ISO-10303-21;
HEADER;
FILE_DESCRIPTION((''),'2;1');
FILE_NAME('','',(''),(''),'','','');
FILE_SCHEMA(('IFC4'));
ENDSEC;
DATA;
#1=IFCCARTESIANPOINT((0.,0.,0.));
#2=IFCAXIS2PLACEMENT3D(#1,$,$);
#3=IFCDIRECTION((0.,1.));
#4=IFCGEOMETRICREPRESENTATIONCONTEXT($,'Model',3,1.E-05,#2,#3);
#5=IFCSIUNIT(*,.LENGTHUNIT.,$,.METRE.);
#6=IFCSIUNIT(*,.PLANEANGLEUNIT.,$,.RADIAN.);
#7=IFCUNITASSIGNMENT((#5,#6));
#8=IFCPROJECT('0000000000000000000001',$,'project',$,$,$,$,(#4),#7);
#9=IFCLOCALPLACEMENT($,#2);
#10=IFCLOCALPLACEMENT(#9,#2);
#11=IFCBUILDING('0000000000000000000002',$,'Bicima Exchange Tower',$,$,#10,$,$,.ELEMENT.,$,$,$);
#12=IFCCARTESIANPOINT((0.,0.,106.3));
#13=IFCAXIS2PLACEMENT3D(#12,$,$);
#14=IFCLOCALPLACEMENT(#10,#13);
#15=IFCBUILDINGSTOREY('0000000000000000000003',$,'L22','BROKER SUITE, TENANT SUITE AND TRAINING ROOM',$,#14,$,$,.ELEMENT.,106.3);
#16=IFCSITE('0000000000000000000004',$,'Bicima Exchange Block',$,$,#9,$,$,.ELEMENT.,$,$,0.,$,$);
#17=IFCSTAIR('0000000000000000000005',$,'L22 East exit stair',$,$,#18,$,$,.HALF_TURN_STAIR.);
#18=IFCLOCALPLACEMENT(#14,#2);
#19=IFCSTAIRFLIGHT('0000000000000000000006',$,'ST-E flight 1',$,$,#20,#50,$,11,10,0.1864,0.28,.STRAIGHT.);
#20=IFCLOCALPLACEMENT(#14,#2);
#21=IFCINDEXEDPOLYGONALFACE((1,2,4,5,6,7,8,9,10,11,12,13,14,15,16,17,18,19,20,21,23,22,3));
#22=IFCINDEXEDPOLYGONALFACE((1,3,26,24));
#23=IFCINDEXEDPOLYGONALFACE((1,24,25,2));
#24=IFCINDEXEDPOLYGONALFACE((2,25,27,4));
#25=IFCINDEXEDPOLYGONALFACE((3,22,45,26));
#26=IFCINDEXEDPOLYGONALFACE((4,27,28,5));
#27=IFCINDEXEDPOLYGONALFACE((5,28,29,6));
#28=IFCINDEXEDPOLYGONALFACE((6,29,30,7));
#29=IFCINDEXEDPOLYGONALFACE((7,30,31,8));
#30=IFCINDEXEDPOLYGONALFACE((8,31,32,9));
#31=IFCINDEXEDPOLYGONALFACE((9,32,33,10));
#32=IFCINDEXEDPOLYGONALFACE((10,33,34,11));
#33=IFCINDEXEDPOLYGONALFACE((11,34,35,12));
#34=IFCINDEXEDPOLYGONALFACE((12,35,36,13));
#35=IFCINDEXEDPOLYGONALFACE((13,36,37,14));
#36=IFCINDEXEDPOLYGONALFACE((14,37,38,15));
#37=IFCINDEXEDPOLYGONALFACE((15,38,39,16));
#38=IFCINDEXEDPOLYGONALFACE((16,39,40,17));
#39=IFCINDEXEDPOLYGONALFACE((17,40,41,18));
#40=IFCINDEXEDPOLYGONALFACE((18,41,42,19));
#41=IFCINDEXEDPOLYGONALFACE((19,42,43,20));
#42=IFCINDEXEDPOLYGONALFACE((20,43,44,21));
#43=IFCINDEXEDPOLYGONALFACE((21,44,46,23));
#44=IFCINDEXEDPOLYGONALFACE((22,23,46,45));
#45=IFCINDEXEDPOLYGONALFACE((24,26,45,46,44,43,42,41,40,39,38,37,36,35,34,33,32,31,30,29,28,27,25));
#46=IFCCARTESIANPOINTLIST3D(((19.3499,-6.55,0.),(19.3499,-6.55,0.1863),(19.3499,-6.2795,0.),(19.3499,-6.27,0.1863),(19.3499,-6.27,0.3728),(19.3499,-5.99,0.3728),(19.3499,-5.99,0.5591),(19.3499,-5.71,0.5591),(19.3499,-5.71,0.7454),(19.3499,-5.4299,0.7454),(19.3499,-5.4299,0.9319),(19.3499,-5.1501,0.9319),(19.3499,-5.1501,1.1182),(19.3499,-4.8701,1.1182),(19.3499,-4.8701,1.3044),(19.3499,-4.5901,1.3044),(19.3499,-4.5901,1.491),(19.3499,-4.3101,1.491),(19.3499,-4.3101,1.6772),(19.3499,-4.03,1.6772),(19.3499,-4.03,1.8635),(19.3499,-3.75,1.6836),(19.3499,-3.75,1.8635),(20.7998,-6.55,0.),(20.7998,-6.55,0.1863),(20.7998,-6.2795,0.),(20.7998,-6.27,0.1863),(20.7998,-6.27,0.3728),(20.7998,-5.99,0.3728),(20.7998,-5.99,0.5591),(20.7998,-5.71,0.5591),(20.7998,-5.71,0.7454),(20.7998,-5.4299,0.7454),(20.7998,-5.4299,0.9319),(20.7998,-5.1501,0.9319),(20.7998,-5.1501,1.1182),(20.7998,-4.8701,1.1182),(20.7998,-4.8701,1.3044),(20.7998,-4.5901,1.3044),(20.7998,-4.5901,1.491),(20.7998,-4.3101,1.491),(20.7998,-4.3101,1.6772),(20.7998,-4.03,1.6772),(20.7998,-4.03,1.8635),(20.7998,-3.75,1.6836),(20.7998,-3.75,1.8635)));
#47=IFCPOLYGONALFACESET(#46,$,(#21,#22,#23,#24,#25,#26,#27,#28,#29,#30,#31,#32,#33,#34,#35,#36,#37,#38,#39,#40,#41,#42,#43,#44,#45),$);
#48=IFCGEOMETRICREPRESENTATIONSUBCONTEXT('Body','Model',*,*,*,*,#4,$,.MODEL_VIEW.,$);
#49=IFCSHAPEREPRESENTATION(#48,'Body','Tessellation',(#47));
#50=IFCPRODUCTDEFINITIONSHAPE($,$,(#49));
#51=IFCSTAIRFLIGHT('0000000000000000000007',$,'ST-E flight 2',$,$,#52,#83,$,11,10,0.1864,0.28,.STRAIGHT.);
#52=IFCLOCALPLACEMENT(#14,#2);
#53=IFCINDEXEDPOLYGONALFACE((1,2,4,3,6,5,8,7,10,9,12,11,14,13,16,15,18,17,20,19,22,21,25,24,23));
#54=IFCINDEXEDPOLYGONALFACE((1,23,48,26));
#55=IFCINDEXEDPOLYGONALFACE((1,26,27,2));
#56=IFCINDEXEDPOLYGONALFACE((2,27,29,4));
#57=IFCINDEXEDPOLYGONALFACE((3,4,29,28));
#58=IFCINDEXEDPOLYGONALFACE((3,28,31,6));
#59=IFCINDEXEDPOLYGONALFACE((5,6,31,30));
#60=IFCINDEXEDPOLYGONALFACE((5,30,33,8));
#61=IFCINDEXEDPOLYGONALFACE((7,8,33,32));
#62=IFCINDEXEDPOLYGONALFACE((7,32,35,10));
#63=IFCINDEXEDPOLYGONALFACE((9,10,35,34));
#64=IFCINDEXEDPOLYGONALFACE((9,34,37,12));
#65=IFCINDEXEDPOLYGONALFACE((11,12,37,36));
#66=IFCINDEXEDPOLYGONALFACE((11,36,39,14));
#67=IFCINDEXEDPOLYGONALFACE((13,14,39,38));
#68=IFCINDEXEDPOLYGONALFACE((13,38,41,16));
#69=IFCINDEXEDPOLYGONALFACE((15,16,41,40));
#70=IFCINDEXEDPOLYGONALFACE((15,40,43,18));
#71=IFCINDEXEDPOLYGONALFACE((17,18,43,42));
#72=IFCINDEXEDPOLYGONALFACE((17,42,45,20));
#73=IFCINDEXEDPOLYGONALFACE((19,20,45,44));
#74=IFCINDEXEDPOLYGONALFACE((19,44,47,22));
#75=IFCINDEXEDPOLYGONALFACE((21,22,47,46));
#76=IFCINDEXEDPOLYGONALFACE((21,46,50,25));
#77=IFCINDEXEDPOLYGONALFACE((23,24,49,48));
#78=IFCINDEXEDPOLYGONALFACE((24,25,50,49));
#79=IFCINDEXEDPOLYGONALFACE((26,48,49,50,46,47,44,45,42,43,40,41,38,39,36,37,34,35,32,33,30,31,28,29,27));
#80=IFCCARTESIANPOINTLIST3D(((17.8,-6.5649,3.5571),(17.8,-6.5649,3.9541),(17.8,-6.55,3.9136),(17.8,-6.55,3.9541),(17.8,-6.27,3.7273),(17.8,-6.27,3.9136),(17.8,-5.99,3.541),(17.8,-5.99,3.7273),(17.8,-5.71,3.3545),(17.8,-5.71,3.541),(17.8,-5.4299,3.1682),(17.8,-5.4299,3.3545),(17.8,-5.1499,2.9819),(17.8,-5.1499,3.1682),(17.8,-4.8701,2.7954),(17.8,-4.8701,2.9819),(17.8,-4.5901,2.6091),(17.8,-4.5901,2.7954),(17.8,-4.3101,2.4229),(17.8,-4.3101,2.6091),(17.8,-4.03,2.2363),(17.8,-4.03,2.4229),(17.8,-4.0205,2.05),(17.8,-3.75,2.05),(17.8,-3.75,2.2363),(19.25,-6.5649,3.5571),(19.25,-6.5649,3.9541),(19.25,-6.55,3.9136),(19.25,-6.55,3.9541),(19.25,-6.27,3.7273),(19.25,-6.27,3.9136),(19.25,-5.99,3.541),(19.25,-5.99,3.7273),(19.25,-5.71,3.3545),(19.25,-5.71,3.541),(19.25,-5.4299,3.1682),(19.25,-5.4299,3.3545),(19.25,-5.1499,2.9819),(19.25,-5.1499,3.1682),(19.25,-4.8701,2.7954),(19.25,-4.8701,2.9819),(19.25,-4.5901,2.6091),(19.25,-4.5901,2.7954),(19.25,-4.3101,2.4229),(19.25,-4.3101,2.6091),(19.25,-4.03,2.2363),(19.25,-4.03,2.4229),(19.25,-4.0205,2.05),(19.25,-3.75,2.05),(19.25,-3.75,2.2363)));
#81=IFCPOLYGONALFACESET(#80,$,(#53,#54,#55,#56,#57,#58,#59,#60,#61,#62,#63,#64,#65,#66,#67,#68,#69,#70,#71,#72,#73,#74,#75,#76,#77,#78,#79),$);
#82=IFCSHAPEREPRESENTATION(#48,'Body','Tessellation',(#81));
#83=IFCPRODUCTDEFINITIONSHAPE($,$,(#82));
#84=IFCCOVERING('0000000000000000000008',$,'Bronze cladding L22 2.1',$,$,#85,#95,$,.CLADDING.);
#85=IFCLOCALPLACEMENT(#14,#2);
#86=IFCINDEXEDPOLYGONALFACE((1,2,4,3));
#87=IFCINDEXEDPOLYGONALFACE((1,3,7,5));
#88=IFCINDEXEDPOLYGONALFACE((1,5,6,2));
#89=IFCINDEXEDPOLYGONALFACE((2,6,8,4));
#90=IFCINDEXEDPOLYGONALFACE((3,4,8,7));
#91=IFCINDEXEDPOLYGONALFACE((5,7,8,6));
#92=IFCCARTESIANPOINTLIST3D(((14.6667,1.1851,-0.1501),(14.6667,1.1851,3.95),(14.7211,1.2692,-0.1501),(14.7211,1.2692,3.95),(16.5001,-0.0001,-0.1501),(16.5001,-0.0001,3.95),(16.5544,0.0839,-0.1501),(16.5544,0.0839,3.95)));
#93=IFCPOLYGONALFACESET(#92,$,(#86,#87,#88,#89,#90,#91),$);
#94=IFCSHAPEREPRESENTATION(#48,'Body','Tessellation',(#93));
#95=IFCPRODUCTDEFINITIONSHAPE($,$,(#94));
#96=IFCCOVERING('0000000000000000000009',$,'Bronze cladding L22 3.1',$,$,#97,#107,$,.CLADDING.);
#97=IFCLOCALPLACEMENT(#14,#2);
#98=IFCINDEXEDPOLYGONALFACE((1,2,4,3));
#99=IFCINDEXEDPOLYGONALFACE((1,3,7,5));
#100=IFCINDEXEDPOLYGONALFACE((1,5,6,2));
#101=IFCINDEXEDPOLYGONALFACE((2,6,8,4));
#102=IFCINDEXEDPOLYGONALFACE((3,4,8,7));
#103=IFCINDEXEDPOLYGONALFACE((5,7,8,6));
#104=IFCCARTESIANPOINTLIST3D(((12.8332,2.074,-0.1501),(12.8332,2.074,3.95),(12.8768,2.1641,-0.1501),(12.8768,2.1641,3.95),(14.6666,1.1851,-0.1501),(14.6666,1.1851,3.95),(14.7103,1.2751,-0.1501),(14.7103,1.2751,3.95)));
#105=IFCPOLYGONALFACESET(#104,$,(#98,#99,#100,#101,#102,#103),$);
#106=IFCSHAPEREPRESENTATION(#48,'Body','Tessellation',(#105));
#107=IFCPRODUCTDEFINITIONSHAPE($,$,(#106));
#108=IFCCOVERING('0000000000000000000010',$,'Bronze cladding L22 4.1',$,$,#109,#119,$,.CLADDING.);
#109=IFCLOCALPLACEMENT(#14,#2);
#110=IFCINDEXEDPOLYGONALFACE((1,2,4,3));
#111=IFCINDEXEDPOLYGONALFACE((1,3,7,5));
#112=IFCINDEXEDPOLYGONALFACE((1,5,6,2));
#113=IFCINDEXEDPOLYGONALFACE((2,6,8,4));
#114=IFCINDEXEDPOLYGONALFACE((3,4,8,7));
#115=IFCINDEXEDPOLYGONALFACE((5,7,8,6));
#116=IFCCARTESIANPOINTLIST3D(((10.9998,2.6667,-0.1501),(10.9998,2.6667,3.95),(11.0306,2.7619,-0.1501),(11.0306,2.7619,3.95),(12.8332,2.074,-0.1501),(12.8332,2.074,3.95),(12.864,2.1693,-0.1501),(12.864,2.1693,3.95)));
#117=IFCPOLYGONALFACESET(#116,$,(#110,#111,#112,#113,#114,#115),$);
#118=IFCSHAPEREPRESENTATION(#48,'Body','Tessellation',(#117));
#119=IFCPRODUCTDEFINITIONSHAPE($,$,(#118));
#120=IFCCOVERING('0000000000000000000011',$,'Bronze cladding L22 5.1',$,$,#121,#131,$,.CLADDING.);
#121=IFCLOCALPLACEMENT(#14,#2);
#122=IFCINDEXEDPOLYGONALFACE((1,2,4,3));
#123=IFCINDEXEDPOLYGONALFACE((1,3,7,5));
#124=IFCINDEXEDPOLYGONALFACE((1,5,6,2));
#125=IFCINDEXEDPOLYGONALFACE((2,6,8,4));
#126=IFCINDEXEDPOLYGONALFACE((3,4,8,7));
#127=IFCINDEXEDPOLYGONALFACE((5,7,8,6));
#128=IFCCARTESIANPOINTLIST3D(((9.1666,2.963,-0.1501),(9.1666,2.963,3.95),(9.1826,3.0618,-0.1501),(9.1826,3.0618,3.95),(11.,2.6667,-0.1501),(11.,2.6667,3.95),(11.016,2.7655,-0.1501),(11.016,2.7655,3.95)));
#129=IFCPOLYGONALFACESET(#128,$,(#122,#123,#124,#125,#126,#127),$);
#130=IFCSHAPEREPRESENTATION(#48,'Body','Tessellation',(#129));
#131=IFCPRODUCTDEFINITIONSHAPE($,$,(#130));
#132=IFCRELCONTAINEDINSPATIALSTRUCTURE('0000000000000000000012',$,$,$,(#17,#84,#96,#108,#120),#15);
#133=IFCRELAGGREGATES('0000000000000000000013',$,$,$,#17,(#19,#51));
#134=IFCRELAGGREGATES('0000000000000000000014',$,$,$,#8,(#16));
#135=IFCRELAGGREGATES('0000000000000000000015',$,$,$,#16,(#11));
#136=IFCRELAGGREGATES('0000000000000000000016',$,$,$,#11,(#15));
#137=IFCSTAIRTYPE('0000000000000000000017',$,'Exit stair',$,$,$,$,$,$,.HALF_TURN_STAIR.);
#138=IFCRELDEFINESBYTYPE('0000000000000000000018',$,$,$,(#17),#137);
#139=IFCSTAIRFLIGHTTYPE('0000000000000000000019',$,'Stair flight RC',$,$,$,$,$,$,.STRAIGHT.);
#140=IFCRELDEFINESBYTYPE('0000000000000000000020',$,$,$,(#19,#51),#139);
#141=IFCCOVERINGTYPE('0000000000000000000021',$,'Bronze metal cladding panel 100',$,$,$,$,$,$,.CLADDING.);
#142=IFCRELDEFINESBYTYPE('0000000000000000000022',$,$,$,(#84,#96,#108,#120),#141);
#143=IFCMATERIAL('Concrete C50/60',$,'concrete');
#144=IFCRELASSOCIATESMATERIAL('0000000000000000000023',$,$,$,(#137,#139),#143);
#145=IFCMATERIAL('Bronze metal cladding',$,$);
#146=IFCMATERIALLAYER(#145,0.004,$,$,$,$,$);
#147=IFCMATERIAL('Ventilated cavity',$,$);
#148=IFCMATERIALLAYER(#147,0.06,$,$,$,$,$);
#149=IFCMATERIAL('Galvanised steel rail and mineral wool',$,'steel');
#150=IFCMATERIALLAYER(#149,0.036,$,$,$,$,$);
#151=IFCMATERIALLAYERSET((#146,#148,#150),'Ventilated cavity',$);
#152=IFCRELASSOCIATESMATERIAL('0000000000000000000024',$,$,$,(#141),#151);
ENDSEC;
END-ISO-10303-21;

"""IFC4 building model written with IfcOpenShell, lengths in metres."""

from ifc_helpers import new_model, si_unit, direction, frame, origin, origin_2d, place, context, subcontext, project, spatial, polyline, rectangle, outline, extrude, material, layer, layer_set, type_object, element, aggregate, save


model = new_model("IFC4")

# Units and contexts
model_context = context("Model", 3, precision=1e-05, world=origin(), true_north=direction((0.0, 1.0)))
body_context = subcontext(model_context, "Body", "Model", "MODEL_VIEW")
ifc_project = project(units=[si_unit("LENGTHUNIT", "METRE"), si_unit("PLANEANGLEUNIT", "RADIAN")], contexts=[model_context])

# Site, building, storey
site_placement = place(None, origin())
site = spatial("IfcSite", under=ifc_project, at=site_placement, Name="Bicima Exchange Block", CompositionType="ELEMENT", RefElevation=0.0)
building_placement = place(site_placement, origin())
building = spatial("IfcBuilding", under=site, at=building_placement, Name="Bicima Exchange Tower", CompositionType="ELEMENT")
storey_placement = place(building_placement, frame((0.0, 0.0, 106.3)))
storey = spatial("IfcBuildingStorey", under=building, at=storey_placement, Name="L22", Description="BROKER SUITE, TENANT SUITE AND TRAINING ROOM", CompositionType="ELEMENT", Elevation=106.3)

# Shared definitions
ifc_material_1 = material(Name="Concrete C50/60", Category="concrete")

# Stair, stair flights
stair_type = type_object("IfcStairType", Name="Exit stair", PredefinedType="HALF_TURN_STAIR", material=ifc_material_1)
stair_placement = place(storey_placement, origin())
stair = element("IfcStair", 1, at=stair_placement, inside=storey, type_object=stair_type, Name="L22 East exit stair", PredefinedType="HALF_TURN_STAIR")
stair_flight_type = type_object("IfcStairFlightType", Name="Stair flight RC", PredefinedType="STRAIGHT", material=ifc_material_1)
stair_flight_1_placement = place(storey_placement, frame((20.075, -6.55, 0.0), z_axis=(0.0, 0.0, 1.0), x_axis=(0.0, 1.0, 0.0)))
stair_flight_1 = element("IfcStairFlight", 2, at=stair_flight_1_placement, type_object=stair_flight_type, Name="ST-E flight 1", NumberOfRisers=11, NumberOfTreads=10, PredefinedType="STRAIGHT", RiserHeight=0.1864, TreadLength=0.28, context=body_context, shape_type="SweptSolid", body=[
    extrude(outline(polyline([(0.0, 0.0), (0.0, 0.1863), (0.28, 0.1863), (0.28, 0.3728), (0.5601, 0.3728), (0.5601, 0.5591), (0.8401, 0.5591), (0.8401, 0.7454), (1.1201, 0.7454), (1.1201, 0.9319), (1.3999, 0.9319), (1.3999, 1.1182), (1.6799, 1.1182), (1.6799, 1.3044), (1.96, 1.3044), (1.96, 1.491), (2.24, 1.491), (2.24, 1.6772), (2.52, 1.6772), (2.52, 1.8635), (2.8, 1.8635), (2.8, 2.05), (2.8, 1.6836), (0.2705, 0.0), (0.0, 0.0)])), frame((0.0, 0.7251, 0.0), z_axis=(0.0, -1.0, 0.0), x_axis=(1.0, 0.0, 0.0)), (0.0, 0.0, 1.0), 1.45),
])
stair_flight_2_placement = place(storey_placement, frame((18.5249, -3.75, 2.05), z_axis=(0.0, 0.0, 1.0), x_axis=(0.0, -1.0, 0.0)))
stair_flight_2 = element("IfcStairFlight", 3, at=stair_flight_2_placement, type_object=stair_flight_type, Name="ST-E flight 2", NumberOfRisers=11, NumberOfTreads=10, PredefinedType="STRAIGHT", RiserHeight=0.1864, TreadLength=0.28, context=body_context, shape_type="SweptSolid", body=[
    extrude(outline(polyline([(0.0, 0.0), (0.0, 0.1863), (0.28, 0.1863), (0.28, 0.3728), (0.5601, 0.3728), (0.5601, 0.5591), (0.8401, 0.5591), (0.8401, 0.7454), (1.1201, 0.7454), (1.1201, 0.9319), (1.3999, 0.9319), (1.3999, 1.1182), (1.6799, 1.1182), (1.6799, 1.3044), (1.96, 1.3044), (1.96, 1.491), (2.24, 1.491), (2.24, 1.6772), (2.52, 1.6772), (2.52, 1.8635), (2.8, 1.8635), (2.8, 1.9041), (2.8149, 1.9041), (2.8149, 1.5071), (0.2705, 0.0), (0.0, 0.0)])), frame((0.0, 0.7251, 0.0), z_axis=(0.0, -1.0, 0.0), x_axis=(1.0, 0.0, 0.0)), (0.0, 0.0, 1.0), 1.45),
])
aggregate(stair, [stair_flight_1, stair_flight_2])

# Coverings
ifc_material_2 = material(Name="Bronze metal cladding")
ifc_layer_1 = layer(ifc_material_2, 0.004)
ifc_material_3 = material(Name="Ventilated cavity")
ifc_layer_2 = layer(ifc_material_3, 0.06)
ifc_material_4 = material(Name="Galvanised steel rail and mineral wool", Category="steel")
ifc_layer_3 = layer(ifc_material_4, 0.036)
ifc_layer_set_1 = layer_set([ifc_layer_1, ifc_layer_2, ifc_layer_3], Name="Ventilated cavity")
covering_type = type_object("IfcCoveringType", Name="Bronze metal cladding panel 100", PredefinedType="CLADDING", material=ifc_layer_set_1)
covering_1_placement = place(storey_placement, frame((15.6106, 0.6345, -0.1501), z_axis=(0.0, 0.0, 1.0), x_axis=(-0.83979, 0.542911, 0.0)))
element("IfcCovering", 4, at=covering_1_placement, inside=storey, type_object=covering_type, Name="Bronze cladding L22 2.1", PredefinedType="CLADDING", context=body_context, shape_type="SweptSolid", body=[
    extrude(rectangle(XDim=2.1831, YDim=0.1001, at=origin_2d()), origin(), (0.0, 0.0, 1.0), 4.1001),
])
covering_2_placement = place(storey_placement, frame((13.7717, 1.6746, -0.1501), z_axis=(0.0, 0.0, 1.0), x_axis=(-0.899818, 0.436265, 0.0)))
element("IfcCovering", 5, at=covering_2_placement, inside=storey, type_object=covering_type, Name="Bronze cladding L22 3.1", PredefinedType="CLADDING", context=body_context, shape_type="SweptSolid", body=[
    extrude(rectangle(XDim=2.0376, YDim=0.1001, at=origin_2d()), origin(), (0.0, 0.0, 1.0), 4.1001),
])
covering_3_placement = place(storey_placement, frame((11.9319, 2.418, -0.1501), z_axis=(0.0, 0.0, 1.0), x_axis=(-0.951525, 0.307573, 0.0)))
element("IfcCovering", 6, at=covering_3_placement, inside=storey, type_object=covering_type, Name="Bronze cladding L22 4.1", PredefinedType="CLADDING", context=body_context, shape_type="SweptSolid", body=[
    extrude(rectangle(XDim=1.9268, YDim=0.1001, at=origin_2d()), origin(), (0.0, 0.0, 1.0), 4.1001),
])
covering_4_placement = place(storey_placement, frame((10.0913, 2.8643, -0.1501), z_axis=(0.0, 0.0, 1.0), x_axis=(-0.98719, 0.15955, 0.0)))
element("IfcCovering", 7, at=covering_4_placement, inside=storey, type_object=covering_type, Name="Bronze cladding L22 5.1", PredefinedType="CLADDING", context=body_context, shape_type="SweptSolid", body=[
    extrude(rectangle(XDim=1.8572, YDim=0.1001, at=origin_2d()), origin(), (0.0, 0.0, 1.0), 4.1001),
])

save(model, "model.ifc")
